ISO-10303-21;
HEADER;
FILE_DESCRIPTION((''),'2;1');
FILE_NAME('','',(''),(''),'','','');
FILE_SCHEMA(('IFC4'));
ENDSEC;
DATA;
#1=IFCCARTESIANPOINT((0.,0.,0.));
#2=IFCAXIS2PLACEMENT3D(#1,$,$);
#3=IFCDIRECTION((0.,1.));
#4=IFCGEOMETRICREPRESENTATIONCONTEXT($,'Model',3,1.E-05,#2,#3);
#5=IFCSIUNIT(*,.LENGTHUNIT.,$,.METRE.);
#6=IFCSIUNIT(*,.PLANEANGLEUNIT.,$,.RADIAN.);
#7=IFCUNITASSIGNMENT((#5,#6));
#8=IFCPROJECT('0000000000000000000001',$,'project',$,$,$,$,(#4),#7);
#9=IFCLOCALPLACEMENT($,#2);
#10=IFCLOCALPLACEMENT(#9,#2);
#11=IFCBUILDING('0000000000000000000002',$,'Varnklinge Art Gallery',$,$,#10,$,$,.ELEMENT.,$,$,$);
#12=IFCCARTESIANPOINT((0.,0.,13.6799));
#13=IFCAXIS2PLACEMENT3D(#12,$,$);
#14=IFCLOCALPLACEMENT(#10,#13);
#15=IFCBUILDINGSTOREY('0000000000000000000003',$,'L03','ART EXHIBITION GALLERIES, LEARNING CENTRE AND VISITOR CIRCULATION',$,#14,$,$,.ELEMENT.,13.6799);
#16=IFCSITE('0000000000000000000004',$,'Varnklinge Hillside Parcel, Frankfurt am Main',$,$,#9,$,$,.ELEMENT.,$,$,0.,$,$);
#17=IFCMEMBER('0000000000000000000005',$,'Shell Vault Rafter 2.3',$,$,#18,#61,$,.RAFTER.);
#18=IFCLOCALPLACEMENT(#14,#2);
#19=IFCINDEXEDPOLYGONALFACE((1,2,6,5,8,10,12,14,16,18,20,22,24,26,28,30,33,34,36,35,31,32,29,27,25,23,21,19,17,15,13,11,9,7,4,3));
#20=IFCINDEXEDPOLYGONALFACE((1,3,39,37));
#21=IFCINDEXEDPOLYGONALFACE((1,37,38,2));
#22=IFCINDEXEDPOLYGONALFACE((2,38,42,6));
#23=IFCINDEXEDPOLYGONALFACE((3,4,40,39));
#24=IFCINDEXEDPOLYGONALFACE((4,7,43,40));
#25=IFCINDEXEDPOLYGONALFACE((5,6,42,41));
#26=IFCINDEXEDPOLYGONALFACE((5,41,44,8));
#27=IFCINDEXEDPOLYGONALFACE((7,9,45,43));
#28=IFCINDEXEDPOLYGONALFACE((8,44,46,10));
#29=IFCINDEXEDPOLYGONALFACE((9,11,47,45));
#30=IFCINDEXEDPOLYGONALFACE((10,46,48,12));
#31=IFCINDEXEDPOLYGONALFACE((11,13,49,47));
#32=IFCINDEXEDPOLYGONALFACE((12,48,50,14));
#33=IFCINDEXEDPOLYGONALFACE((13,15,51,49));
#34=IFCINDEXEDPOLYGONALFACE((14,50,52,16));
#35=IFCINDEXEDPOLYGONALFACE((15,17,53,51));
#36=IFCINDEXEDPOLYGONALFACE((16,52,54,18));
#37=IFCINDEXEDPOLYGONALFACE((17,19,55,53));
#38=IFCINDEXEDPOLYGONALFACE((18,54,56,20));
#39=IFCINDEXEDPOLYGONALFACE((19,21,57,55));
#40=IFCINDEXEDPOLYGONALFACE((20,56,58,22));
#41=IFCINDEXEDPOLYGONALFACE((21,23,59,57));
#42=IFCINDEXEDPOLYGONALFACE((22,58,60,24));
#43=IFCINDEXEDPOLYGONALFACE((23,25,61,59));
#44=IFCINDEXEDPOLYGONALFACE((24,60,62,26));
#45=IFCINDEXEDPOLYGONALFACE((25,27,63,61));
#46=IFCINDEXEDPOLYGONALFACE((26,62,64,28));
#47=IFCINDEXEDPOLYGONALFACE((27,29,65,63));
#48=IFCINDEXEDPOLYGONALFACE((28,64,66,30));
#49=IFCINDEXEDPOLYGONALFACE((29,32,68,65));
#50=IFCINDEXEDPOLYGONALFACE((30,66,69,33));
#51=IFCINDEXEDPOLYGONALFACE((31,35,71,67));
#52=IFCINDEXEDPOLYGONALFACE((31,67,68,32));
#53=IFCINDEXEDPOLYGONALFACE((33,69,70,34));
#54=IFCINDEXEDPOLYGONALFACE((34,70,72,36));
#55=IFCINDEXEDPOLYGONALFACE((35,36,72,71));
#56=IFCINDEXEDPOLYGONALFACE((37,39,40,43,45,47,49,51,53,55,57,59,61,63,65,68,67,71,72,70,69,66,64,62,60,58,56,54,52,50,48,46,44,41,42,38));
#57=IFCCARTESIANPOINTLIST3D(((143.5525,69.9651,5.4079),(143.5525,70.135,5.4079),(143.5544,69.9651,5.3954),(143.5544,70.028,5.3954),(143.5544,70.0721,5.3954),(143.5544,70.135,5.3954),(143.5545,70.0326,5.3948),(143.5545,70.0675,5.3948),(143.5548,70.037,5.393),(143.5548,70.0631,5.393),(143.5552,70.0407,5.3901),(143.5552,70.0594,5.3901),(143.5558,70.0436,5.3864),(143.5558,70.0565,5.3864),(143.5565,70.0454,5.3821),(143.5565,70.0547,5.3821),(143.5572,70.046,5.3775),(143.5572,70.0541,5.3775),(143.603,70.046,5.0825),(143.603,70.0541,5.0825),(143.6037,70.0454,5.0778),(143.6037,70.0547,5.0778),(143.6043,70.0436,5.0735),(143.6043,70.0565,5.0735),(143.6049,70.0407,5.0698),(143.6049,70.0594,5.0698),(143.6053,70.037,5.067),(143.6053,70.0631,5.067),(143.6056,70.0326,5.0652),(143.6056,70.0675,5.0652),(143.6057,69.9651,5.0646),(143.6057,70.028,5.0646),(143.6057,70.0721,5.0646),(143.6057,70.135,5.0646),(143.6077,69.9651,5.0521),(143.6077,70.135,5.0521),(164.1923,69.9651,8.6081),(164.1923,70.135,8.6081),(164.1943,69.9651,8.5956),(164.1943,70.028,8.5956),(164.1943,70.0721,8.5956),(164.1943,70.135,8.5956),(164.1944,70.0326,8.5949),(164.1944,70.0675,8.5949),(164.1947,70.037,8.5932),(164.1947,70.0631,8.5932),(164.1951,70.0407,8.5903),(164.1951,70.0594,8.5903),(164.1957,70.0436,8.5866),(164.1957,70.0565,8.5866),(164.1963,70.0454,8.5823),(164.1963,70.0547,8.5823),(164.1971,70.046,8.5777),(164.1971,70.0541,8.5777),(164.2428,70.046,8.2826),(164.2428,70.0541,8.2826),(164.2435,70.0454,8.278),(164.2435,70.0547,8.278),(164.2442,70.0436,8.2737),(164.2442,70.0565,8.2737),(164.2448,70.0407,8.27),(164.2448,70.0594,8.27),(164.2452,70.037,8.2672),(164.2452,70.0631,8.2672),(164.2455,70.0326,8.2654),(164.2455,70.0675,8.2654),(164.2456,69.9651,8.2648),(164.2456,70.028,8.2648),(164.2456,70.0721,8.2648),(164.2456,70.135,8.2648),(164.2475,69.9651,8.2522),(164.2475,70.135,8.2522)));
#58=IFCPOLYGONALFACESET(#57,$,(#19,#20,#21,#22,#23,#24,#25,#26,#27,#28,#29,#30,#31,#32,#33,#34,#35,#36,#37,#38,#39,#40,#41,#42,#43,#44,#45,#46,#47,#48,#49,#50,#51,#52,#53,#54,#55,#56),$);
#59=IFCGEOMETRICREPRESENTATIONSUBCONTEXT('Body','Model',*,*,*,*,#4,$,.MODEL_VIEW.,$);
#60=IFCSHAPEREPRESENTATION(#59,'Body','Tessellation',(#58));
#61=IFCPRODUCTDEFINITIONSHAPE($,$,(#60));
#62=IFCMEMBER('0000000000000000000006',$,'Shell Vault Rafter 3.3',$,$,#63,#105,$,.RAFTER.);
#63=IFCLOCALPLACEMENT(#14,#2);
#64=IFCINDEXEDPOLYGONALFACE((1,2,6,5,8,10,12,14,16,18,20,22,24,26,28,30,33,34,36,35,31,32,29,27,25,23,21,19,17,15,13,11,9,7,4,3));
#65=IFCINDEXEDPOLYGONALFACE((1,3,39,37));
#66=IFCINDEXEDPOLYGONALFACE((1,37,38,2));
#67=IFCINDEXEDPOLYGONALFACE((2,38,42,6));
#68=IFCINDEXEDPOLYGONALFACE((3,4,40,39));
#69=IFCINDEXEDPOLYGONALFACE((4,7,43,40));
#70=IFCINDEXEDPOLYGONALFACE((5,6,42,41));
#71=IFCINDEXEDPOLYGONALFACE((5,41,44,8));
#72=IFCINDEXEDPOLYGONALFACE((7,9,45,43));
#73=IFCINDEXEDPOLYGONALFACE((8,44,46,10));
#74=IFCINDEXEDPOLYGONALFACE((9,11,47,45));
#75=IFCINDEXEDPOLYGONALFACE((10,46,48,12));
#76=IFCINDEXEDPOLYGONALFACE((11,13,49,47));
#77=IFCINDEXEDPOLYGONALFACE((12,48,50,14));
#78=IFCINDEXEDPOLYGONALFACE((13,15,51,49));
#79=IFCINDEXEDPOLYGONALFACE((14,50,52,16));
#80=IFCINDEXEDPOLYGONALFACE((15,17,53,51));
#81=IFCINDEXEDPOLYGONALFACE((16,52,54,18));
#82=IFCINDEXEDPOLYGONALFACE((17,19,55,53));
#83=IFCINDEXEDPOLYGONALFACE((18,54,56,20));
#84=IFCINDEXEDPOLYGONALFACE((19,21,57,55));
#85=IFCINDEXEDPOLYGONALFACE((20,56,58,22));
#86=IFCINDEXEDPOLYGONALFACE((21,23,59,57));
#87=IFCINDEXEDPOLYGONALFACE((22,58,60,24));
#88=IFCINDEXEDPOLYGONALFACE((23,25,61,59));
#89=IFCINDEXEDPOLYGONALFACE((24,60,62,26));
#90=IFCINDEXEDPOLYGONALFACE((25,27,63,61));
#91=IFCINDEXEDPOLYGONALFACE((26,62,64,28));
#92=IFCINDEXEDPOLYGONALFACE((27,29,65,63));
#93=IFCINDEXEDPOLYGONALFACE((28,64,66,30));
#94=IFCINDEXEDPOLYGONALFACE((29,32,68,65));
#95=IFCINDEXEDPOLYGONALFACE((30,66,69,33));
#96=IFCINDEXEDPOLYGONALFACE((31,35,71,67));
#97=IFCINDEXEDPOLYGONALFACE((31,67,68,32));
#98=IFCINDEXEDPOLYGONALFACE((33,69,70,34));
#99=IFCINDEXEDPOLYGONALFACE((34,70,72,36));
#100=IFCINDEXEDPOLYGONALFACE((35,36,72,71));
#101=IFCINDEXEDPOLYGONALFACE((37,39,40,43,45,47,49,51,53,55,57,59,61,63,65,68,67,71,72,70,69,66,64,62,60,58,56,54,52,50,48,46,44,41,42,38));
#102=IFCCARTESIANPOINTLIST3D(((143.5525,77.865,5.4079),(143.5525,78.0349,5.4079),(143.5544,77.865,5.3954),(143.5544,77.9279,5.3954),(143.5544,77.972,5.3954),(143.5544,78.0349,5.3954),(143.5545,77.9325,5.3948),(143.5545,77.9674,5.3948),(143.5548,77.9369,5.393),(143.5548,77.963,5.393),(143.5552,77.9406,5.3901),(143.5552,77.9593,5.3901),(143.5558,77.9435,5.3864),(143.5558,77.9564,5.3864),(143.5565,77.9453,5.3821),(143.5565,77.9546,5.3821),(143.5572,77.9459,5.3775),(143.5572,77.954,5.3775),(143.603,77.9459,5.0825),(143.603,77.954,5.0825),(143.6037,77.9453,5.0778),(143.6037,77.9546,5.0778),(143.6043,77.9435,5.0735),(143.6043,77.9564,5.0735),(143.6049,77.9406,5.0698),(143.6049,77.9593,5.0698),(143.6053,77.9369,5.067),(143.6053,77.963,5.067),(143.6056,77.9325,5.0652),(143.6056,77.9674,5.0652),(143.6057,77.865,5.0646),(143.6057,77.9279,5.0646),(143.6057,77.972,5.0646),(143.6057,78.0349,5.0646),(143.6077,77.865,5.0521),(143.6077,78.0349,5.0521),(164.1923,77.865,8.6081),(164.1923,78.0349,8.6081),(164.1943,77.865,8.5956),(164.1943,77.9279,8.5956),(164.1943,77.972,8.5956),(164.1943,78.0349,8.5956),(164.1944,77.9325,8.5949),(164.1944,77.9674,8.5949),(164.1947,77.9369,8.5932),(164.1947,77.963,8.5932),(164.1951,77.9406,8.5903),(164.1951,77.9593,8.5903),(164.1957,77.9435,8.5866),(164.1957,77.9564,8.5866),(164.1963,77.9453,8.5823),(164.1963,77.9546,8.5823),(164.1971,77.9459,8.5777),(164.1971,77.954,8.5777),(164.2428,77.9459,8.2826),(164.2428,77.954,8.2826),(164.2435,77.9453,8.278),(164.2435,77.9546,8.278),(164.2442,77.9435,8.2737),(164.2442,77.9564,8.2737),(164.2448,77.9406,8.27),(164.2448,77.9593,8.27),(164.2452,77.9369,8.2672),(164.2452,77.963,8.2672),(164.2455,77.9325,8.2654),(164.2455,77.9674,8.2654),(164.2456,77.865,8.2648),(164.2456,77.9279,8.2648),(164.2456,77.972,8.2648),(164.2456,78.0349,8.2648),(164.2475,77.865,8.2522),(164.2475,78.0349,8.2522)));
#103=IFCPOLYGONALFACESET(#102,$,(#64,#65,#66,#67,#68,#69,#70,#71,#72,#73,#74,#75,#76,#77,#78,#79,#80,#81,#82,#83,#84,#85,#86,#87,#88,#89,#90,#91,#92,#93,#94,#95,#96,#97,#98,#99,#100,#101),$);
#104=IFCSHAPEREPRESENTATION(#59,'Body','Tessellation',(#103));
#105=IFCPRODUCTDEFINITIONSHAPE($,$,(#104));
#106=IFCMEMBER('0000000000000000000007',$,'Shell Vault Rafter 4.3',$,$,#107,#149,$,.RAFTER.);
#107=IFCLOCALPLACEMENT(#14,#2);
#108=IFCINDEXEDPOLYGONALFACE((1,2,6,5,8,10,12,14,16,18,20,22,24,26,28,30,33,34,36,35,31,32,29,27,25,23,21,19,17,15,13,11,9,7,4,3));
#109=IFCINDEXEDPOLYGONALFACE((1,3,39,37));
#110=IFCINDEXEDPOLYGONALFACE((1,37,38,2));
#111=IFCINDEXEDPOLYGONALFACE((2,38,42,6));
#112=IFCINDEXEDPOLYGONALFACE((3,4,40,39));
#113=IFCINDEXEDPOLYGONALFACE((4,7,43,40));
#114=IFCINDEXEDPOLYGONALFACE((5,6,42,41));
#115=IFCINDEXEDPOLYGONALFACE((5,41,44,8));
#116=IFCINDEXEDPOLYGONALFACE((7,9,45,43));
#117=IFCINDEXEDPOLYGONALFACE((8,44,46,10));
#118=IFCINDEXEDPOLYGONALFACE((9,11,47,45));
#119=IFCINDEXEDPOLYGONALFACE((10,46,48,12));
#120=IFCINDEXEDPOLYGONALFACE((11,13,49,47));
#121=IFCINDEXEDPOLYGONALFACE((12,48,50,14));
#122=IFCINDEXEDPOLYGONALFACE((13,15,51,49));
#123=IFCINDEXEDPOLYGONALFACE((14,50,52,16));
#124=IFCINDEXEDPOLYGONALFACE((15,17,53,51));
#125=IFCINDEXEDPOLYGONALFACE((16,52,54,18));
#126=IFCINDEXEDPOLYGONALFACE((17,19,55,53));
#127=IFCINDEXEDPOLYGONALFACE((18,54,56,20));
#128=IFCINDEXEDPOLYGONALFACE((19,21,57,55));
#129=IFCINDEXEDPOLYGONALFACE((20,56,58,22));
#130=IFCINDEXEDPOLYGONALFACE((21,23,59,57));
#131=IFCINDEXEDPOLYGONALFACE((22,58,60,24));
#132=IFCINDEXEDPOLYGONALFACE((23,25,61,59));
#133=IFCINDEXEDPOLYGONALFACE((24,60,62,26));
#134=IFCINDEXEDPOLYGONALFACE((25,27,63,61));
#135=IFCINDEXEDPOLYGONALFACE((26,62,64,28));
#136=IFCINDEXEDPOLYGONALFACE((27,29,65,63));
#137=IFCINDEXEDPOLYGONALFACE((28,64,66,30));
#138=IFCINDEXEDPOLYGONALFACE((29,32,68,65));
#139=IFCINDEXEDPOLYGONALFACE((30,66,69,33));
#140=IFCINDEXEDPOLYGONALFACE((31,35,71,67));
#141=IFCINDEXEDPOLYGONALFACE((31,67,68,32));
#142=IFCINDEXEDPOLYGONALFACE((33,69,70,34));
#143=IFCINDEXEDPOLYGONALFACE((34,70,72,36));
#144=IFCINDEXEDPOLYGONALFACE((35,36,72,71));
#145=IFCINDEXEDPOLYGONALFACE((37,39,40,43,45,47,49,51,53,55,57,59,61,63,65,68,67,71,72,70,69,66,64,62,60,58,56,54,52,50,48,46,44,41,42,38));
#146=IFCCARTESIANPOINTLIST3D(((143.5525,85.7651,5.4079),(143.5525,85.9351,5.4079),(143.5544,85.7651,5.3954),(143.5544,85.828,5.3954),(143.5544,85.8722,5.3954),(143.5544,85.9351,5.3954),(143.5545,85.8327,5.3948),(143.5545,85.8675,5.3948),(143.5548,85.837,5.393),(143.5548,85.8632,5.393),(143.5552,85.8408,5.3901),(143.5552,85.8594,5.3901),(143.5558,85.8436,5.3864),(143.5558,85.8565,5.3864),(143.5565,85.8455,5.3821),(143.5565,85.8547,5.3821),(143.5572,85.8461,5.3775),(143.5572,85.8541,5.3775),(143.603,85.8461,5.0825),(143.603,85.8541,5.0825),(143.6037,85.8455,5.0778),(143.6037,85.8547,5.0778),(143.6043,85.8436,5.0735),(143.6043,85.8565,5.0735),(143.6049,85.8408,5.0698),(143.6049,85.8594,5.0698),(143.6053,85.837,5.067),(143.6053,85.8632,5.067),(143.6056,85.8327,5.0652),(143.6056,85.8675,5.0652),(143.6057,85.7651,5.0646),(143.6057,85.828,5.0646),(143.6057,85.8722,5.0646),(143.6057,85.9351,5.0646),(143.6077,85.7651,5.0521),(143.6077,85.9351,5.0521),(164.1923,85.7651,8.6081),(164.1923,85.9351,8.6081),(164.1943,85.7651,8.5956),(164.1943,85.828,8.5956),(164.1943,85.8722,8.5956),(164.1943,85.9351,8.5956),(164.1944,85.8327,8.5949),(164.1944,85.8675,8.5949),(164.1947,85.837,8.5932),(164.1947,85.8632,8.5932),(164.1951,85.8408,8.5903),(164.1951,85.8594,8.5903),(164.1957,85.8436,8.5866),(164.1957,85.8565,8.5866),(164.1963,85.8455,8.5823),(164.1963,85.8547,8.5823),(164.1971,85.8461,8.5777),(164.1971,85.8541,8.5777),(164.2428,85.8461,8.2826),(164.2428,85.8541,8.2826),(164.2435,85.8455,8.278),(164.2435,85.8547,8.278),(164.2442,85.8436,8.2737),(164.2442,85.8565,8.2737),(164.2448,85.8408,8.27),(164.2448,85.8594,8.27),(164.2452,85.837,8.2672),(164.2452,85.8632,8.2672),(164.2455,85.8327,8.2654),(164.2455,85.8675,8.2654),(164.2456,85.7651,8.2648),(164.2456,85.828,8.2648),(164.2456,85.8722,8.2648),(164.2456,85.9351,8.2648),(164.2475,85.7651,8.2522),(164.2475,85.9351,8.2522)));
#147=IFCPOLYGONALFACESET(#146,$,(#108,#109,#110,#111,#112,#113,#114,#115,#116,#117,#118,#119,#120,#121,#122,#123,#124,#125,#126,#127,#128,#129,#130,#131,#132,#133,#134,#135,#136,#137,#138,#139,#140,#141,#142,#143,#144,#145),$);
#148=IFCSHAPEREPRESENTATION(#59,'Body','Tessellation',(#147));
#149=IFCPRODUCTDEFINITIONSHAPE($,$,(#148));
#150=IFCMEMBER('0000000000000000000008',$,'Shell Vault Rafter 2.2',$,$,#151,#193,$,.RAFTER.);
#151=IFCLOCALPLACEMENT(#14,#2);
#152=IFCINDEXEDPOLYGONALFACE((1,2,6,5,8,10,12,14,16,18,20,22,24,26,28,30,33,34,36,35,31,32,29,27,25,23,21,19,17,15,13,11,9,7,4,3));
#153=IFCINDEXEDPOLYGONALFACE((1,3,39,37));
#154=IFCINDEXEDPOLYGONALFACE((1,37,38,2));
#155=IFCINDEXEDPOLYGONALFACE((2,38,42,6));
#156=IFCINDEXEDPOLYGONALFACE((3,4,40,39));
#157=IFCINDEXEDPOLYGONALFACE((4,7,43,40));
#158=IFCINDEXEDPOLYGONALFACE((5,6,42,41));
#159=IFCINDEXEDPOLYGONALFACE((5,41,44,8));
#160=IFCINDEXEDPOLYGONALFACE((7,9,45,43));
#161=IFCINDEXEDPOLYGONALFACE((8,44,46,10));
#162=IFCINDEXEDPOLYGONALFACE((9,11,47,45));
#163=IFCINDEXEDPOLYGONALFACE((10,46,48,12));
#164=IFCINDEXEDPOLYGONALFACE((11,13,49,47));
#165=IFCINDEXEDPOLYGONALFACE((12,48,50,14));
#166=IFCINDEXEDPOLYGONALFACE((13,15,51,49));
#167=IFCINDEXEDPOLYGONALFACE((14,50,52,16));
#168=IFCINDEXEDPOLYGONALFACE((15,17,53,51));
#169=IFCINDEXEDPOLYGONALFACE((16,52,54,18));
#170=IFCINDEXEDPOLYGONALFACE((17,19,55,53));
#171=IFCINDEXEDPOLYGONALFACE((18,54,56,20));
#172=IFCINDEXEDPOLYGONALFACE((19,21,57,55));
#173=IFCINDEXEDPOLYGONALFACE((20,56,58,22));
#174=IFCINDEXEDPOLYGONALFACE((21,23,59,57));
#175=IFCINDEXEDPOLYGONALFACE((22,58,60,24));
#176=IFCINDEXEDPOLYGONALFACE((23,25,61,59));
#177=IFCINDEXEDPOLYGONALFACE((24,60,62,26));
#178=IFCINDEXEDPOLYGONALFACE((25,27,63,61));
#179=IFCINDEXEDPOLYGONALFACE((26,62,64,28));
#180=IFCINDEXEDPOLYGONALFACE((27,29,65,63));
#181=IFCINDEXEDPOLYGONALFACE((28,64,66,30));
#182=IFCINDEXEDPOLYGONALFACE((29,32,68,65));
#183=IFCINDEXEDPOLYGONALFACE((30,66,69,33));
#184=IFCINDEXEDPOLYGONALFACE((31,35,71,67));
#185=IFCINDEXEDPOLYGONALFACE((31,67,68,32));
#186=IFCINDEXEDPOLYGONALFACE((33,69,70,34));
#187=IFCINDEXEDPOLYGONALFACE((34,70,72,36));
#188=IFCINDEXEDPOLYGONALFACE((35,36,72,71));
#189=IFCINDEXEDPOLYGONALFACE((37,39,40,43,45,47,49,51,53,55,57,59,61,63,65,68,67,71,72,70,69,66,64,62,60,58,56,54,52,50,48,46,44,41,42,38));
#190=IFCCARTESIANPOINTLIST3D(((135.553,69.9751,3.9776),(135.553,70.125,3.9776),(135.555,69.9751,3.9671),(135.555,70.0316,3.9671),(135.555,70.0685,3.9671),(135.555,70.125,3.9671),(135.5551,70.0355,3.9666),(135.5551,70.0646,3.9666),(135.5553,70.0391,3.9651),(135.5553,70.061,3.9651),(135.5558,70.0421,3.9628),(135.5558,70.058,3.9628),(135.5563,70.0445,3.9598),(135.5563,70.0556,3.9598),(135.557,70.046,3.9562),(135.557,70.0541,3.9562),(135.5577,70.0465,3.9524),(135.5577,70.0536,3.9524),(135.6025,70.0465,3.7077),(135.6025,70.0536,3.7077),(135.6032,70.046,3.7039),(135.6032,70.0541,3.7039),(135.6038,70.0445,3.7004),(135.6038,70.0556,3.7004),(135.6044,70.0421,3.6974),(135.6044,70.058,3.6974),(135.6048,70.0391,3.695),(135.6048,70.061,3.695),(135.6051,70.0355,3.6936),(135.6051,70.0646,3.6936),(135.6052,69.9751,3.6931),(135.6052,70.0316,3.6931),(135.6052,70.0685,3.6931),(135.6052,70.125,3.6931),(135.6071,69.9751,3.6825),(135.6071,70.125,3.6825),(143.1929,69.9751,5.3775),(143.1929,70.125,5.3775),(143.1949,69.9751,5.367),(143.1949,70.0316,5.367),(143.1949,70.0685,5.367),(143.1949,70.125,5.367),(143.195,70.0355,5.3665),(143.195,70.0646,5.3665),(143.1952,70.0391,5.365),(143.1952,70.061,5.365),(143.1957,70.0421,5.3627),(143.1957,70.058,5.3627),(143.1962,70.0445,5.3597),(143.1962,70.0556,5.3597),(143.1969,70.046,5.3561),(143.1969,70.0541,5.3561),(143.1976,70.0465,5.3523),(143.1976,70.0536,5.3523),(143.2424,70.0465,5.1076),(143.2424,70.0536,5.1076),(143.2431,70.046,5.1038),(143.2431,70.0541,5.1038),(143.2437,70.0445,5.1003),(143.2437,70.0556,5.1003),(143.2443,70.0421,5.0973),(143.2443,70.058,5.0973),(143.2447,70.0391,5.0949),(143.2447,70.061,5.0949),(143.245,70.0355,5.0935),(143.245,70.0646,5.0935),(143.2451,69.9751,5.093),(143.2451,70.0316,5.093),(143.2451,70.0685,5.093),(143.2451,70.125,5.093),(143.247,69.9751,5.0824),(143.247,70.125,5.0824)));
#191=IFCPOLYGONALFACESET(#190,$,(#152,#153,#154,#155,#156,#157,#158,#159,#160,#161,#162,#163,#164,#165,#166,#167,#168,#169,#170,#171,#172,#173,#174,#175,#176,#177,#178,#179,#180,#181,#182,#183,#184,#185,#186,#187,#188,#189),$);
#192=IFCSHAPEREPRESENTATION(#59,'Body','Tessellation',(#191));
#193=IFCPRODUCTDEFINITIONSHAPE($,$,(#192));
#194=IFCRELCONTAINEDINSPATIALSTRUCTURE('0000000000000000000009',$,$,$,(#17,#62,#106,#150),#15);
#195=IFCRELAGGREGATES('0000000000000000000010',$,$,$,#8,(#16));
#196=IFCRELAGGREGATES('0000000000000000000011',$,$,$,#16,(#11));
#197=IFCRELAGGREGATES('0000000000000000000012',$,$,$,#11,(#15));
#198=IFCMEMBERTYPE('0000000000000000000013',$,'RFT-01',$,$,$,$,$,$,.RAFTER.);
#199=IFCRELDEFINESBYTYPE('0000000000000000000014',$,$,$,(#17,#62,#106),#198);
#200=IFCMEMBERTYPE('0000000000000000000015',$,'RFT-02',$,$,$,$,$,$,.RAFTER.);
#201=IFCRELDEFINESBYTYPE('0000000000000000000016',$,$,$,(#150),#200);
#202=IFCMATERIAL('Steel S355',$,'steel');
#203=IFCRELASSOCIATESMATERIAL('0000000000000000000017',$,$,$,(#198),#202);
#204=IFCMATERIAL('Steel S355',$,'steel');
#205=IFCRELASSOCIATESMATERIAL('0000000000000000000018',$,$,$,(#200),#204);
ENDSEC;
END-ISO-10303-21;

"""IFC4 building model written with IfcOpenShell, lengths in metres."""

from ifc_helpers import new_model, si_unit, direction, frame, origin, origin_2d, place, context, subcontext, project, spatial, i_section, extrude, material, material_profile, profile_set, type_object, element, save


model = new_model("IFC4")

# Units and contexts
model_context = context("Model", 3, precision=1e-05, world=origin(), true_north=direction((0.0, 1.0)))
body_context = subcontext(model_context, "Body", "Model", "MODEL_VIEW")
ifc_project = project(units=[si_unit("LENGTHUNIT", "METRE"), si_unit("PLANEANGLEUNIT", "RADIAN")], contexts=[model_context])

# Site, building, storey
site_placement = place(None, origin())
site = spatial("IfcSite", under=ifc_project, at=site_placement, Name="Varnklinge Hillside Parcel, Frankfurt am Main", CompositionType="ELEMENT", RefElevation=0.0)
building_placement = place(site_placement, origin())
building = spatial("IfcBuilding", under=site, at=building_placement, Name="Varnklinge Art Gallery", CompositionType="ELEMENT")
storey_placement = place(building_placement, frame((0.0, 0.0, 13.6799)))
storey = spatial("IfcBuildingStorey", under=building, at=storey_placement, Name="L03", Description="ART EXHIBITION GALLERIES, LEARNING CENTRE AND VISITOR CIRCULATION", CompositionType="ELEMENT", Elevation=13.6799)

# Members
ifc_material_1 = material(Name="Steel S355", Category="steel")
ifc_material_profile_1 = material_profile(ifc_material_1, i_section(OverallWidth=0.1699, OverallDepth=0.3601, WebThickness=0.0081, FlangeThickness=0.0127, FilletRadius=0.0181, at=origin_2d()), Name="IPE 360")
ifc_profile_set_1 = profile_set([ifc_material_profile_1], Name="Steel S355")
member_type_1 = type_object("IfcMemberType", Name="RFT-01", PredefinedType="RAFTER", material=ifc_profile_set_1)
for number, where, z_axis, x_axis, name in (
    (1, (143.5801, 70.05, 5.23), (0.988192, 0.0, 0.153218), (0.0, 1.0, 0.0), "Shell Vault Rafter 2.3"),
    (2, (143.5801, 77.95, 5.23), (0.988192, 0.0, 0.153218), (0.0, 1.0, 0.0), "Shell Vault Rafter 3.3"),
    (3, (143.5801, 85.8501, 5.23), (0.988192, 0.0, 0.153218), (0.0, 1.0, 0.0), "Shell Vault Rafter 4.3"),
):
    element("IfcMember", number, at=place(storey_placement, frame(where, z_axis=z_axis, x_axis=x_axis)), inside=storey, type_object=member_type_1, Name=name, PredefinedType="RAFTER", context=body_context, shape_type="SweptSolid", body=[
        extrude(i_section(OverallWidth=0.1699, OverallDepth=0.3601, WebThickness=0.0081, FlangeThickness=0.0127, FilletRadius=0.0181, at=origin_2d()), origin(), (0.0, 0.0, 1.0), 20.8865),
    ])
ifc_material_2 = material(Name="Steel S355", Category="steel")
ifc_material_profile_2 = material_profile(ifc_material_2, i_section(OverallWidth=0.1499, OverallDepth=0.3, WebThickness=0.0071, FlangeThickness=0.0107, FilletRadius=0.0149, at=origin_2d()), Name="IPE 300")
ifc_profile_set_2 = profile_set([ifc_material_profile_2], Name="Steel S355")
member_type_2 = type_object("IfcMemberType", Name="RFT-02", PredefinedType="RAFTER", material=ifc_profile_set_2)
for number, where, z_axis, x_axis, name in (
    (4, (135.5801, 70.05, 3.8301), (0.983624, 0.0, 0.180235), (0.0, 1.0, 0.0), "Shell Vault Rafter 2.2"),
):
    element("IfcMember", number, at=place(storey_placement, frame(where, z_axis=z_axis, x_axis=x_axis)), inside=storey, type_object=member_type_2, Name=name, PredefinedType="RAFTER", context=body_context, shape_type="SweptSolid", body=[
        extrude(i_section(OverallWidth=0.1499, OverallDepth=0.3, WebThickness=0.0071, FlangeThickness=0.0107, FilletRadius=0.0149, at=origin_2d()), origin(), (0.0, 0.0, 1.0), 7.7671),
    ])

save(model, "model.ifc")
